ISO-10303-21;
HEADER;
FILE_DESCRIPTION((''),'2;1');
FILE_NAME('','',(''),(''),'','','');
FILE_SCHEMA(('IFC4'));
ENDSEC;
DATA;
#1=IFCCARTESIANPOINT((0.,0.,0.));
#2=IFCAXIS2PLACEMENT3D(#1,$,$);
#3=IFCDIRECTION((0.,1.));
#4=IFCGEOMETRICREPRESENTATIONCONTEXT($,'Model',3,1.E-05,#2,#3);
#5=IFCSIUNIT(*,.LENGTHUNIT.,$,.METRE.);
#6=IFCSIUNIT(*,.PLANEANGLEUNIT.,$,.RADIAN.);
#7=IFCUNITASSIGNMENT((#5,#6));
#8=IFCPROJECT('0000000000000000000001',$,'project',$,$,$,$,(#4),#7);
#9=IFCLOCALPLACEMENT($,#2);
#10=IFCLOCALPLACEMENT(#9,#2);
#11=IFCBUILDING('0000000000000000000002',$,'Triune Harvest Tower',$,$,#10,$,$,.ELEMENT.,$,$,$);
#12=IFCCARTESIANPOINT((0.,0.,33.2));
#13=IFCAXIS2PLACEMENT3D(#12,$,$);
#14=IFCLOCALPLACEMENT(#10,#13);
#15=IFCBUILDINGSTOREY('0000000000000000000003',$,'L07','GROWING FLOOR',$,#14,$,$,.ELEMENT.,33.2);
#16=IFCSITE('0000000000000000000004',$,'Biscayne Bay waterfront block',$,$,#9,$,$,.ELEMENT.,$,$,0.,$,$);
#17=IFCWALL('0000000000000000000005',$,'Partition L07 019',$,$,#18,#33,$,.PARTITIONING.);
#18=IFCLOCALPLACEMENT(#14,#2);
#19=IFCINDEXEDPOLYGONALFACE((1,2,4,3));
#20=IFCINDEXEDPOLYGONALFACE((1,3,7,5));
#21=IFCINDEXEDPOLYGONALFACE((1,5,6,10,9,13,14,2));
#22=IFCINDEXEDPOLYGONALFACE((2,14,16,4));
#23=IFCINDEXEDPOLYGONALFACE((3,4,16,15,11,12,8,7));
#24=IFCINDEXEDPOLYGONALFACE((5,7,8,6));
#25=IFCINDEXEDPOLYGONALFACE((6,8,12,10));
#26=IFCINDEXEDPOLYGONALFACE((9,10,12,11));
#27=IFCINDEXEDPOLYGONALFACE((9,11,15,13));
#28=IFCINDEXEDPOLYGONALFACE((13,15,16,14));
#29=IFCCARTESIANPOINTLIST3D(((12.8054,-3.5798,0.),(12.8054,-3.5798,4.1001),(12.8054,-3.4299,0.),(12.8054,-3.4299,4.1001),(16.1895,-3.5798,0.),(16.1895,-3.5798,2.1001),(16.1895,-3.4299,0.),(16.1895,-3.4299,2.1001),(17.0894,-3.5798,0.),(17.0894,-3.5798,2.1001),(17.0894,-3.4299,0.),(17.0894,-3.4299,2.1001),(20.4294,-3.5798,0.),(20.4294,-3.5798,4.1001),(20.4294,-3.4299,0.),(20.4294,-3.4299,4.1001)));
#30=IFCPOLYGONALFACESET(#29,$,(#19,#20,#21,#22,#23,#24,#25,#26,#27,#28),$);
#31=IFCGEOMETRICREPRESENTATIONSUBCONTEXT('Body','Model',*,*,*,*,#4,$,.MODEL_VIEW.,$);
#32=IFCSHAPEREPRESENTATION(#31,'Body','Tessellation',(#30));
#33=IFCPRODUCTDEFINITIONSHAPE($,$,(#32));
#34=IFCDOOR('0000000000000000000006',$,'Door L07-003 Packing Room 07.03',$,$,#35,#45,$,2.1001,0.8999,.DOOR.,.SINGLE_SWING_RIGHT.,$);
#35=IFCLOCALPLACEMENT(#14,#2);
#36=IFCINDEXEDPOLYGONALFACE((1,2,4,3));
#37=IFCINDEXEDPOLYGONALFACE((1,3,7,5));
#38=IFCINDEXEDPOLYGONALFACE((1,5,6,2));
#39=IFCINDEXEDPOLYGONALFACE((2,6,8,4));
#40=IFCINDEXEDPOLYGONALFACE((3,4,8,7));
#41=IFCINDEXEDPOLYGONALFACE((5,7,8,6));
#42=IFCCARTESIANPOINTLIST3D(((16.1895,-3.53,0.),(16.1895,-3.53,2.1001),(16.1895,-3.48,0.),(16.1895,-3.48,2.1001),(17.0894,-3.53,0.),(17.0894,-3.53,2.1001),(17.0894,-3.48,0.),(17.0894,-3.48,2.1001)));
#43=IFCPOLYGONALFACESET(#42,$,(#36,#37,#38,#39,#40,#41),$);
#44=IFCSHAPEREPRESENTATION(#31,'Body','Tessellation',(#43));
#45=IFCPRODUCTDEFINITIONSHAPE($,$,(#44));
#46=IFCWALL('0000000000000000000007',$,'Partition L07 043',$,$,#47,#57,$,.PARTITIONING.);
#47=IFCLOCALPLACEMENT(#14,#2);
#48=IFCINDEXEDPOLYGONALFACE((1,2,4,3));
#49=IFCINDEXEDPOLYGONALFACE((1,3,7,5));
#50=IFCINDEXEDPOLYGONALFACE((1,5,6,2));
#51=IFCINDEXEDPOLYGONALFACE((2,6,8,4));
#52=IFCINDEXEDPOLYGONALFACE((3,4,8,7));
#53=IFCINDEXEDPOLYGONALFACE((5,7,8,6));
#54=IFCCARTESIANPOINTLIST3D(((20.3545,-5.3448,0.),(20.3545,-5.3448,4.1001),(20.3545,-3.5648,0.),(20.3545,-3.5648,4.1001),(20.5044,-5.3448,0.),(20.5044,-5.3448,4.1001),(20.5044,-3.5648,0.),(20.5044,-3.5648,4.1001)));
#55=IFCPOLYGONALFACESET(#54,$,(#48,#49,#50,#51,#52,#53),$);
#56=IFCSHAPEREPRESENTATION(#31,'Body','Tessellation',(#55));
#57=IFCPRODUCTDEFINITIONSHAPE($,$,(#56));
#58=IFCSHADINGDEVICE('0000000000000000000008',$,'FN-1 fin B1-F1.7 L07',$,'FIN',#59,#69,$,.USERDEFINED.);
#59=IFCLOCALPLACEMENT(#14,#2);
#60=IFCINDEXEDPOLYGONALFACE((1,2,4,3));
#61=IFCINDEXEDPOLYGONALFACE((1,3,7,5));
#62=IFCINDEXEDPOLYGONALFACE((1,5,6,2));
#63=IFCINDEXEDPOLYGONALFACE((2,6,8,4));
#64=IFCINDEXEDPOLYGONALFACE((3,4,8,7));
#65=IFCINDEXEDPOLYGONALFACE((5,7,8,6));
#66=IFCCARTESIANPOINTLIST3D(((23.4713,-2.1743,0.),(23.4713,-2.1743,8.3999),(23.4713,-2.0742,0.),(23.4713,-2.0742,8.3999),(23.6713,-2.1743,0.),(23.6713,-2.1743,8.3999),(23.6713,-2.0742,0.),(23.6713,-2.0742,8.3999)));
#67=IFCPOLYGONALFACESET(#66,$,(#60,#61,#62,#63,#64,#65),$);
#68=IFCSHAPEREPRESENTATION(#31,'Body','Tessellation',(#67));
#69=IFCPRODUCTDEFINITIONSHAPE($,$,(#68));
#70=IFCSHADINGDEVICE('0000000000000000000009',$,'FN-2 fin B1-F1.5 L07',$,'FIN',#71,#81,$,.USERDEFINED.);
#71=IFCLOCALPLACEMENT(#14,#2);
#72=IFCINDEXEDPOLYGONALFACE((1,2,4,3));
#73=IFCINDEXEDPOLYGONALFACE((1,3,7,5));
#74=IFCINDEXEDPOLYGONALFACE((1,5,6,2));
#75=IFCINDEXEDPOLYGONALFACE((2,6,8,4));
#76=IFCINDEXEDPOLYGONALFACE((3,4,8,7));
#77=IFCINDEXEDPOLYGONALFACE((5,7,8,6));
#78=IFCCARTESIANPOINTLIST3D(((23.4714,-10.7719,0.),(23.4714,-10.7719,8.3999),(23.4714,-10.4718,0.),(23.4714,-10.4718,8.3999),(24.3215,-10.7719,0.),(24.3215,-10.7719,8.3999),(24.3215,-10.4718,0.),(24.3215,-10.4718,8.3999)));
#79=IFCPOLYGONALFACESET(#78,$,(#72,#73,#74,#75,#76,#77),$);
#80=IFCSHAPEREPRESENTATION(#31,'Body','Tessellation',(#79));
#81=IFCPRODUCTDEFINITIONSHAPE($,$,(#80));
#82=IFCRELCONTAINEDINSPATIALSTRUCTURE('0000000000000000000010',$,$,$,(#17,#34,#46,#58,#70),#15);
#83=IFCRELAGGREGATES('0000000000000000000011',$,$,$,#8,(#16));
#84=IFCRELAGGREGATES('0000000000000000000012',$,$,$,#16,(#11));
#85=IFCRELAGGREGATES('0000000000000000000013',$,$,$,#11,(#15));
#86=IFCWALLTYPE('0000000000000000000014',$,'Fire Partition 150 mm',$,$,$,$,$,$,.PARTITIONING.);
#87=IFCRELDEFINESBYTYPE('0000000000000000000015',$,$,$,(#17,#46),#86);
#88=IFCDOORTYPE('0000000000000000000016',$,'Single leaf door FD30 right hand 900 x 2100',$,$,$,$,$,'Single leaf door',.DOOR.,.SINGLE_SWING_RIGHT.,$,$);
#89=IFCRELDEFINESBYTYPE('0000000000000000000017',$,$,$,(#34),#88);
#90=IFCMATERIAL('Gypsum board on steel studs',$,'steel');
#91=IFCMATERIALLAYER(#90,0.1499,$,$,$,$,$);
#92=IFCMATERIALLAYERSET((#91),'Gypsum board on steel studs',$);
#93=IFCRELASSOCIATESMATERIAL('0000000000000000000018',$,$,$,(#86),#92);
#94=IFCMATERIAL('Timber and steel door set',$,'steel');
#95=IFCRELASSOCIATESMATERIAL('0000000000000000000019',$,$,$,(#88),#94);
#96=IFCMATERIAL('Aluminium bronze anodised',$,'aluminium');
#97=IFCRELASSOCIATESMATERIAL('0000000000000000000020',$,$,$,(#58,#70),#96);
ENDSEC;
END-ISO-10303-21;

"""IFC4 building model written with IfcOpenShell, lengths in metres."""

from ifc_helpers import new_model, si_unit, direction, frame, frame_2d, origin, origin_2d, place, context, subcontext, project, spatial, rectangle, extrude, source, transform, mapped, material, layer, layer_set, type_object, element, fill, save


model = new_model("IFC4")

# Units and contexts
model_context = context("Model", 3, precision=1e-05, world=origin(), true_north=direction((0.0, 1.0)))
body_context = subcontext(model_context, "Body", "Model", "MODEL_VIEW")
ifc_project = project(units=[si_unit("LENGTHUNIT", "METRE"), si_unit("PLANEANGLEUNIT", "RADIAN")], contexts=[model_context])

# Site, building, storey
site_placement = place(None, origin())
site = spatial("IfcSite", under=ifc_project, at=site_placement, Name="Biscayne Bay waterfront block", CompositionType="ELEMENT", RefElevation=0.0)
building_placement = place(site_placement, origin())
building = spatial("IfcBuilding", under=site, at=building_placement, Name="Triune Harvest Tower", CompositionType="ELEMENT")
storey_placement = place(building_placement, frame((0.0, 0.0, 33.2)))
storey = spatial("IfcBuildingStorey", under=building, at=storey_placement, Name="L07", Description="GROWING FLOOR", CompositionType="ELEMENT", Elevation=33.2)

# Shared definitions
ifc_material_1 = material(Name="Gypsum board on steel studs", Category="steel")
ifc_layer_1 = layer(ifc_material_1, 0.1499)
ifc_layer_set_1 = layer_set([ifc_layer_1], Name="Gypsum board on steel studs")
wall_type_1 = type_object("IfcWallType", Name="Fire Partition 150 mm", PredefinedType="PARTITIONING", material=ifc_layer_set_1)

# Wall, opening, door
shared_shape_1 = source(origin(), body_context, "Body", "SweptSolid", [
    extrude(rectangle(XDim=7.624, YDim=0.1499, at=frame_2d((3.812, 0.0))), origin(), (0.0, 0.0, 1.0), 4.1001),
])
wall_1_placement = place(storey_placement, frame((12.8054, -3.5049, 0.0), z_axis=(0.0, 0.0, 1.0), x_axis=(1.0, 0.0, 0.0)))
wall_1 = element("IfcWall", 1, at=wall_1_placement, inside=storey, type_object=wall_type_1, Name="Partition L07 019", PredefinedType="PARTITIONING", context=body_context, shape_type="MappedRepresentation", body=[
    mapped(shared_shape_1, transform((0.0, 0.0, 0.0), scale=1.0)),
])
opening_placement = place(wall_1_placement, frame((3.384, 0.0, 0.0)))
opening = element("IfcOpeningElement", 2, at=opening_placement, cuts=wall_1, PredefinedType="OPENING", context=body_context, shape_type="SweptSolid", body=[
    extrude(rectangle(XDim=0.8999, YDim=2.1001, at=frame_2d((0.45, 1.05))), frame((0.0, 0.085, 0.0), z_axis=(0.0, -1.0, 0.0), x_axis=(1.0, 0.0, 0.0)), (0.0, 0.0, 1.0), 0.1699),
])
ifc_material_2 = material(Name="Timber and steel door set", Category="steel")
door_type = type_object("IfcDoorType", Name="Single leaf door FD30 right hand 900 x 2100", ElementType="Single leaf door", OperationType="SINGLE_SWING_RIGHT", PredefinedType="DOOR", material=ifc_material_2)
door_placement = place(opening_placement, origin())
door = element("IfcDoor", 3, at=door_placement, inside=storey, type_object=door_type, Name="Door L07-003 Packing Room 07.03", OperationType="SINGLE_SWING_RIGHT", OverallHeight=2.1001, OverallWidth=0.8999, PredefinedType="DOOR", context=body_context, shape_type="SweptSolid", body=[
    extrude(rectangle(XDim=0.8999, YDim=2.1001, at=frame_2d((0.45, 1.05))), frame((0.0, 0.0249, 0.0), z_axis=(0.0, -1.0, 0.0), x_axis=(1.0, 0.0, 0.0)), (0.0, 0.0, 1.0), 0.05),
])
fill(opening, door)

# Wall
shared_shape_2 = source(origin(), body_context, "Body", "SweptSolid", [
    extrude(rectangle(XDim=1.78, YDim=0.1499, at=frame_2d((0.8901, 0.0))), origin(), (0.0, 0.0, 1.0), 4.1001),
])
wall_2_placement = place(storey_placement, frame((20.4294, -5.345, 0.0), z_axis=(0.0, 0.0, 1.0), x_axis=(0.0, 1.0, 0.0)))
element("IfcWall", 4, at=wall_2_placement, inside=storey, type_object=wall_type_1, Name="Partition L07 043", PredefinedType="PARTITIONING", context=body_context, shape_type="MappedRepresentation", body=[
    mapped(shared_shape_2, transform((0.0, 0.0, 0.0), scale=1.0)),
])

# Shading devices
ifc_material_3 = material(Name="Aluminium bronze anodised", Category="aluminium")
shared_shape_3 = source(origin(), body_context, "Body", "SweptSolid", [
    extrude(rectangle(XDim=0.1001, YDim=0.2, at=origin_2d()), origin(), (0.0, 0.0, 1.0), 8.3999),
])
shading_device_1_placement = place(storey_placement, frame((23.5713, -2.1243, 0.0), z_axis=(0.0, 0.0, 1.0), x_axis=(0.0, 1.0, 0.0)))
element("IfcShadingDevice", 5, at=shading_device_1_placement, inside=storey, material=ifc_material_3, Name="FN-1 fin B1-F1.7 L07", ObjectType="FIN", PredefinedType="USERDEFINED", context=body_context, shape_type="MappedRepresentation", body=[
    mapped(shared_shape_3, transform((0.0, 0.0, 0.0), scale=1.0)),
])
shared_shape_4 = source(origin(), body_context, "Body", "SweptSolid", [
    extrude(rectangle(XDim=0.3, YDim=0.8501, at=origin_2d()), origin(), (0.0, 0.0, 1.0), 8.3999),
])
shading_device_2_placement = place(storey_placement, frame((23.8965, -10.6218, 0.0), z_axis=(0.0, 0.0, 1.0), x_axis=(0.0, 1.0, 0.0)))
element("IfcShadingDevice", 6, at=shading_device_2_placement, inside=storey, material=ifc_material_3, Name="FN-2 fin B1-F1.5 L07", ObjectType="FIN", PredefinedType="USERDEFINED", context=body_context, shape_type="MappedRepresentation", body=[
    mapped(shared_shape_4, transform((0.0, 0.0, 0.0), scale=1.0)),
])

save(model, "model.ifc")
